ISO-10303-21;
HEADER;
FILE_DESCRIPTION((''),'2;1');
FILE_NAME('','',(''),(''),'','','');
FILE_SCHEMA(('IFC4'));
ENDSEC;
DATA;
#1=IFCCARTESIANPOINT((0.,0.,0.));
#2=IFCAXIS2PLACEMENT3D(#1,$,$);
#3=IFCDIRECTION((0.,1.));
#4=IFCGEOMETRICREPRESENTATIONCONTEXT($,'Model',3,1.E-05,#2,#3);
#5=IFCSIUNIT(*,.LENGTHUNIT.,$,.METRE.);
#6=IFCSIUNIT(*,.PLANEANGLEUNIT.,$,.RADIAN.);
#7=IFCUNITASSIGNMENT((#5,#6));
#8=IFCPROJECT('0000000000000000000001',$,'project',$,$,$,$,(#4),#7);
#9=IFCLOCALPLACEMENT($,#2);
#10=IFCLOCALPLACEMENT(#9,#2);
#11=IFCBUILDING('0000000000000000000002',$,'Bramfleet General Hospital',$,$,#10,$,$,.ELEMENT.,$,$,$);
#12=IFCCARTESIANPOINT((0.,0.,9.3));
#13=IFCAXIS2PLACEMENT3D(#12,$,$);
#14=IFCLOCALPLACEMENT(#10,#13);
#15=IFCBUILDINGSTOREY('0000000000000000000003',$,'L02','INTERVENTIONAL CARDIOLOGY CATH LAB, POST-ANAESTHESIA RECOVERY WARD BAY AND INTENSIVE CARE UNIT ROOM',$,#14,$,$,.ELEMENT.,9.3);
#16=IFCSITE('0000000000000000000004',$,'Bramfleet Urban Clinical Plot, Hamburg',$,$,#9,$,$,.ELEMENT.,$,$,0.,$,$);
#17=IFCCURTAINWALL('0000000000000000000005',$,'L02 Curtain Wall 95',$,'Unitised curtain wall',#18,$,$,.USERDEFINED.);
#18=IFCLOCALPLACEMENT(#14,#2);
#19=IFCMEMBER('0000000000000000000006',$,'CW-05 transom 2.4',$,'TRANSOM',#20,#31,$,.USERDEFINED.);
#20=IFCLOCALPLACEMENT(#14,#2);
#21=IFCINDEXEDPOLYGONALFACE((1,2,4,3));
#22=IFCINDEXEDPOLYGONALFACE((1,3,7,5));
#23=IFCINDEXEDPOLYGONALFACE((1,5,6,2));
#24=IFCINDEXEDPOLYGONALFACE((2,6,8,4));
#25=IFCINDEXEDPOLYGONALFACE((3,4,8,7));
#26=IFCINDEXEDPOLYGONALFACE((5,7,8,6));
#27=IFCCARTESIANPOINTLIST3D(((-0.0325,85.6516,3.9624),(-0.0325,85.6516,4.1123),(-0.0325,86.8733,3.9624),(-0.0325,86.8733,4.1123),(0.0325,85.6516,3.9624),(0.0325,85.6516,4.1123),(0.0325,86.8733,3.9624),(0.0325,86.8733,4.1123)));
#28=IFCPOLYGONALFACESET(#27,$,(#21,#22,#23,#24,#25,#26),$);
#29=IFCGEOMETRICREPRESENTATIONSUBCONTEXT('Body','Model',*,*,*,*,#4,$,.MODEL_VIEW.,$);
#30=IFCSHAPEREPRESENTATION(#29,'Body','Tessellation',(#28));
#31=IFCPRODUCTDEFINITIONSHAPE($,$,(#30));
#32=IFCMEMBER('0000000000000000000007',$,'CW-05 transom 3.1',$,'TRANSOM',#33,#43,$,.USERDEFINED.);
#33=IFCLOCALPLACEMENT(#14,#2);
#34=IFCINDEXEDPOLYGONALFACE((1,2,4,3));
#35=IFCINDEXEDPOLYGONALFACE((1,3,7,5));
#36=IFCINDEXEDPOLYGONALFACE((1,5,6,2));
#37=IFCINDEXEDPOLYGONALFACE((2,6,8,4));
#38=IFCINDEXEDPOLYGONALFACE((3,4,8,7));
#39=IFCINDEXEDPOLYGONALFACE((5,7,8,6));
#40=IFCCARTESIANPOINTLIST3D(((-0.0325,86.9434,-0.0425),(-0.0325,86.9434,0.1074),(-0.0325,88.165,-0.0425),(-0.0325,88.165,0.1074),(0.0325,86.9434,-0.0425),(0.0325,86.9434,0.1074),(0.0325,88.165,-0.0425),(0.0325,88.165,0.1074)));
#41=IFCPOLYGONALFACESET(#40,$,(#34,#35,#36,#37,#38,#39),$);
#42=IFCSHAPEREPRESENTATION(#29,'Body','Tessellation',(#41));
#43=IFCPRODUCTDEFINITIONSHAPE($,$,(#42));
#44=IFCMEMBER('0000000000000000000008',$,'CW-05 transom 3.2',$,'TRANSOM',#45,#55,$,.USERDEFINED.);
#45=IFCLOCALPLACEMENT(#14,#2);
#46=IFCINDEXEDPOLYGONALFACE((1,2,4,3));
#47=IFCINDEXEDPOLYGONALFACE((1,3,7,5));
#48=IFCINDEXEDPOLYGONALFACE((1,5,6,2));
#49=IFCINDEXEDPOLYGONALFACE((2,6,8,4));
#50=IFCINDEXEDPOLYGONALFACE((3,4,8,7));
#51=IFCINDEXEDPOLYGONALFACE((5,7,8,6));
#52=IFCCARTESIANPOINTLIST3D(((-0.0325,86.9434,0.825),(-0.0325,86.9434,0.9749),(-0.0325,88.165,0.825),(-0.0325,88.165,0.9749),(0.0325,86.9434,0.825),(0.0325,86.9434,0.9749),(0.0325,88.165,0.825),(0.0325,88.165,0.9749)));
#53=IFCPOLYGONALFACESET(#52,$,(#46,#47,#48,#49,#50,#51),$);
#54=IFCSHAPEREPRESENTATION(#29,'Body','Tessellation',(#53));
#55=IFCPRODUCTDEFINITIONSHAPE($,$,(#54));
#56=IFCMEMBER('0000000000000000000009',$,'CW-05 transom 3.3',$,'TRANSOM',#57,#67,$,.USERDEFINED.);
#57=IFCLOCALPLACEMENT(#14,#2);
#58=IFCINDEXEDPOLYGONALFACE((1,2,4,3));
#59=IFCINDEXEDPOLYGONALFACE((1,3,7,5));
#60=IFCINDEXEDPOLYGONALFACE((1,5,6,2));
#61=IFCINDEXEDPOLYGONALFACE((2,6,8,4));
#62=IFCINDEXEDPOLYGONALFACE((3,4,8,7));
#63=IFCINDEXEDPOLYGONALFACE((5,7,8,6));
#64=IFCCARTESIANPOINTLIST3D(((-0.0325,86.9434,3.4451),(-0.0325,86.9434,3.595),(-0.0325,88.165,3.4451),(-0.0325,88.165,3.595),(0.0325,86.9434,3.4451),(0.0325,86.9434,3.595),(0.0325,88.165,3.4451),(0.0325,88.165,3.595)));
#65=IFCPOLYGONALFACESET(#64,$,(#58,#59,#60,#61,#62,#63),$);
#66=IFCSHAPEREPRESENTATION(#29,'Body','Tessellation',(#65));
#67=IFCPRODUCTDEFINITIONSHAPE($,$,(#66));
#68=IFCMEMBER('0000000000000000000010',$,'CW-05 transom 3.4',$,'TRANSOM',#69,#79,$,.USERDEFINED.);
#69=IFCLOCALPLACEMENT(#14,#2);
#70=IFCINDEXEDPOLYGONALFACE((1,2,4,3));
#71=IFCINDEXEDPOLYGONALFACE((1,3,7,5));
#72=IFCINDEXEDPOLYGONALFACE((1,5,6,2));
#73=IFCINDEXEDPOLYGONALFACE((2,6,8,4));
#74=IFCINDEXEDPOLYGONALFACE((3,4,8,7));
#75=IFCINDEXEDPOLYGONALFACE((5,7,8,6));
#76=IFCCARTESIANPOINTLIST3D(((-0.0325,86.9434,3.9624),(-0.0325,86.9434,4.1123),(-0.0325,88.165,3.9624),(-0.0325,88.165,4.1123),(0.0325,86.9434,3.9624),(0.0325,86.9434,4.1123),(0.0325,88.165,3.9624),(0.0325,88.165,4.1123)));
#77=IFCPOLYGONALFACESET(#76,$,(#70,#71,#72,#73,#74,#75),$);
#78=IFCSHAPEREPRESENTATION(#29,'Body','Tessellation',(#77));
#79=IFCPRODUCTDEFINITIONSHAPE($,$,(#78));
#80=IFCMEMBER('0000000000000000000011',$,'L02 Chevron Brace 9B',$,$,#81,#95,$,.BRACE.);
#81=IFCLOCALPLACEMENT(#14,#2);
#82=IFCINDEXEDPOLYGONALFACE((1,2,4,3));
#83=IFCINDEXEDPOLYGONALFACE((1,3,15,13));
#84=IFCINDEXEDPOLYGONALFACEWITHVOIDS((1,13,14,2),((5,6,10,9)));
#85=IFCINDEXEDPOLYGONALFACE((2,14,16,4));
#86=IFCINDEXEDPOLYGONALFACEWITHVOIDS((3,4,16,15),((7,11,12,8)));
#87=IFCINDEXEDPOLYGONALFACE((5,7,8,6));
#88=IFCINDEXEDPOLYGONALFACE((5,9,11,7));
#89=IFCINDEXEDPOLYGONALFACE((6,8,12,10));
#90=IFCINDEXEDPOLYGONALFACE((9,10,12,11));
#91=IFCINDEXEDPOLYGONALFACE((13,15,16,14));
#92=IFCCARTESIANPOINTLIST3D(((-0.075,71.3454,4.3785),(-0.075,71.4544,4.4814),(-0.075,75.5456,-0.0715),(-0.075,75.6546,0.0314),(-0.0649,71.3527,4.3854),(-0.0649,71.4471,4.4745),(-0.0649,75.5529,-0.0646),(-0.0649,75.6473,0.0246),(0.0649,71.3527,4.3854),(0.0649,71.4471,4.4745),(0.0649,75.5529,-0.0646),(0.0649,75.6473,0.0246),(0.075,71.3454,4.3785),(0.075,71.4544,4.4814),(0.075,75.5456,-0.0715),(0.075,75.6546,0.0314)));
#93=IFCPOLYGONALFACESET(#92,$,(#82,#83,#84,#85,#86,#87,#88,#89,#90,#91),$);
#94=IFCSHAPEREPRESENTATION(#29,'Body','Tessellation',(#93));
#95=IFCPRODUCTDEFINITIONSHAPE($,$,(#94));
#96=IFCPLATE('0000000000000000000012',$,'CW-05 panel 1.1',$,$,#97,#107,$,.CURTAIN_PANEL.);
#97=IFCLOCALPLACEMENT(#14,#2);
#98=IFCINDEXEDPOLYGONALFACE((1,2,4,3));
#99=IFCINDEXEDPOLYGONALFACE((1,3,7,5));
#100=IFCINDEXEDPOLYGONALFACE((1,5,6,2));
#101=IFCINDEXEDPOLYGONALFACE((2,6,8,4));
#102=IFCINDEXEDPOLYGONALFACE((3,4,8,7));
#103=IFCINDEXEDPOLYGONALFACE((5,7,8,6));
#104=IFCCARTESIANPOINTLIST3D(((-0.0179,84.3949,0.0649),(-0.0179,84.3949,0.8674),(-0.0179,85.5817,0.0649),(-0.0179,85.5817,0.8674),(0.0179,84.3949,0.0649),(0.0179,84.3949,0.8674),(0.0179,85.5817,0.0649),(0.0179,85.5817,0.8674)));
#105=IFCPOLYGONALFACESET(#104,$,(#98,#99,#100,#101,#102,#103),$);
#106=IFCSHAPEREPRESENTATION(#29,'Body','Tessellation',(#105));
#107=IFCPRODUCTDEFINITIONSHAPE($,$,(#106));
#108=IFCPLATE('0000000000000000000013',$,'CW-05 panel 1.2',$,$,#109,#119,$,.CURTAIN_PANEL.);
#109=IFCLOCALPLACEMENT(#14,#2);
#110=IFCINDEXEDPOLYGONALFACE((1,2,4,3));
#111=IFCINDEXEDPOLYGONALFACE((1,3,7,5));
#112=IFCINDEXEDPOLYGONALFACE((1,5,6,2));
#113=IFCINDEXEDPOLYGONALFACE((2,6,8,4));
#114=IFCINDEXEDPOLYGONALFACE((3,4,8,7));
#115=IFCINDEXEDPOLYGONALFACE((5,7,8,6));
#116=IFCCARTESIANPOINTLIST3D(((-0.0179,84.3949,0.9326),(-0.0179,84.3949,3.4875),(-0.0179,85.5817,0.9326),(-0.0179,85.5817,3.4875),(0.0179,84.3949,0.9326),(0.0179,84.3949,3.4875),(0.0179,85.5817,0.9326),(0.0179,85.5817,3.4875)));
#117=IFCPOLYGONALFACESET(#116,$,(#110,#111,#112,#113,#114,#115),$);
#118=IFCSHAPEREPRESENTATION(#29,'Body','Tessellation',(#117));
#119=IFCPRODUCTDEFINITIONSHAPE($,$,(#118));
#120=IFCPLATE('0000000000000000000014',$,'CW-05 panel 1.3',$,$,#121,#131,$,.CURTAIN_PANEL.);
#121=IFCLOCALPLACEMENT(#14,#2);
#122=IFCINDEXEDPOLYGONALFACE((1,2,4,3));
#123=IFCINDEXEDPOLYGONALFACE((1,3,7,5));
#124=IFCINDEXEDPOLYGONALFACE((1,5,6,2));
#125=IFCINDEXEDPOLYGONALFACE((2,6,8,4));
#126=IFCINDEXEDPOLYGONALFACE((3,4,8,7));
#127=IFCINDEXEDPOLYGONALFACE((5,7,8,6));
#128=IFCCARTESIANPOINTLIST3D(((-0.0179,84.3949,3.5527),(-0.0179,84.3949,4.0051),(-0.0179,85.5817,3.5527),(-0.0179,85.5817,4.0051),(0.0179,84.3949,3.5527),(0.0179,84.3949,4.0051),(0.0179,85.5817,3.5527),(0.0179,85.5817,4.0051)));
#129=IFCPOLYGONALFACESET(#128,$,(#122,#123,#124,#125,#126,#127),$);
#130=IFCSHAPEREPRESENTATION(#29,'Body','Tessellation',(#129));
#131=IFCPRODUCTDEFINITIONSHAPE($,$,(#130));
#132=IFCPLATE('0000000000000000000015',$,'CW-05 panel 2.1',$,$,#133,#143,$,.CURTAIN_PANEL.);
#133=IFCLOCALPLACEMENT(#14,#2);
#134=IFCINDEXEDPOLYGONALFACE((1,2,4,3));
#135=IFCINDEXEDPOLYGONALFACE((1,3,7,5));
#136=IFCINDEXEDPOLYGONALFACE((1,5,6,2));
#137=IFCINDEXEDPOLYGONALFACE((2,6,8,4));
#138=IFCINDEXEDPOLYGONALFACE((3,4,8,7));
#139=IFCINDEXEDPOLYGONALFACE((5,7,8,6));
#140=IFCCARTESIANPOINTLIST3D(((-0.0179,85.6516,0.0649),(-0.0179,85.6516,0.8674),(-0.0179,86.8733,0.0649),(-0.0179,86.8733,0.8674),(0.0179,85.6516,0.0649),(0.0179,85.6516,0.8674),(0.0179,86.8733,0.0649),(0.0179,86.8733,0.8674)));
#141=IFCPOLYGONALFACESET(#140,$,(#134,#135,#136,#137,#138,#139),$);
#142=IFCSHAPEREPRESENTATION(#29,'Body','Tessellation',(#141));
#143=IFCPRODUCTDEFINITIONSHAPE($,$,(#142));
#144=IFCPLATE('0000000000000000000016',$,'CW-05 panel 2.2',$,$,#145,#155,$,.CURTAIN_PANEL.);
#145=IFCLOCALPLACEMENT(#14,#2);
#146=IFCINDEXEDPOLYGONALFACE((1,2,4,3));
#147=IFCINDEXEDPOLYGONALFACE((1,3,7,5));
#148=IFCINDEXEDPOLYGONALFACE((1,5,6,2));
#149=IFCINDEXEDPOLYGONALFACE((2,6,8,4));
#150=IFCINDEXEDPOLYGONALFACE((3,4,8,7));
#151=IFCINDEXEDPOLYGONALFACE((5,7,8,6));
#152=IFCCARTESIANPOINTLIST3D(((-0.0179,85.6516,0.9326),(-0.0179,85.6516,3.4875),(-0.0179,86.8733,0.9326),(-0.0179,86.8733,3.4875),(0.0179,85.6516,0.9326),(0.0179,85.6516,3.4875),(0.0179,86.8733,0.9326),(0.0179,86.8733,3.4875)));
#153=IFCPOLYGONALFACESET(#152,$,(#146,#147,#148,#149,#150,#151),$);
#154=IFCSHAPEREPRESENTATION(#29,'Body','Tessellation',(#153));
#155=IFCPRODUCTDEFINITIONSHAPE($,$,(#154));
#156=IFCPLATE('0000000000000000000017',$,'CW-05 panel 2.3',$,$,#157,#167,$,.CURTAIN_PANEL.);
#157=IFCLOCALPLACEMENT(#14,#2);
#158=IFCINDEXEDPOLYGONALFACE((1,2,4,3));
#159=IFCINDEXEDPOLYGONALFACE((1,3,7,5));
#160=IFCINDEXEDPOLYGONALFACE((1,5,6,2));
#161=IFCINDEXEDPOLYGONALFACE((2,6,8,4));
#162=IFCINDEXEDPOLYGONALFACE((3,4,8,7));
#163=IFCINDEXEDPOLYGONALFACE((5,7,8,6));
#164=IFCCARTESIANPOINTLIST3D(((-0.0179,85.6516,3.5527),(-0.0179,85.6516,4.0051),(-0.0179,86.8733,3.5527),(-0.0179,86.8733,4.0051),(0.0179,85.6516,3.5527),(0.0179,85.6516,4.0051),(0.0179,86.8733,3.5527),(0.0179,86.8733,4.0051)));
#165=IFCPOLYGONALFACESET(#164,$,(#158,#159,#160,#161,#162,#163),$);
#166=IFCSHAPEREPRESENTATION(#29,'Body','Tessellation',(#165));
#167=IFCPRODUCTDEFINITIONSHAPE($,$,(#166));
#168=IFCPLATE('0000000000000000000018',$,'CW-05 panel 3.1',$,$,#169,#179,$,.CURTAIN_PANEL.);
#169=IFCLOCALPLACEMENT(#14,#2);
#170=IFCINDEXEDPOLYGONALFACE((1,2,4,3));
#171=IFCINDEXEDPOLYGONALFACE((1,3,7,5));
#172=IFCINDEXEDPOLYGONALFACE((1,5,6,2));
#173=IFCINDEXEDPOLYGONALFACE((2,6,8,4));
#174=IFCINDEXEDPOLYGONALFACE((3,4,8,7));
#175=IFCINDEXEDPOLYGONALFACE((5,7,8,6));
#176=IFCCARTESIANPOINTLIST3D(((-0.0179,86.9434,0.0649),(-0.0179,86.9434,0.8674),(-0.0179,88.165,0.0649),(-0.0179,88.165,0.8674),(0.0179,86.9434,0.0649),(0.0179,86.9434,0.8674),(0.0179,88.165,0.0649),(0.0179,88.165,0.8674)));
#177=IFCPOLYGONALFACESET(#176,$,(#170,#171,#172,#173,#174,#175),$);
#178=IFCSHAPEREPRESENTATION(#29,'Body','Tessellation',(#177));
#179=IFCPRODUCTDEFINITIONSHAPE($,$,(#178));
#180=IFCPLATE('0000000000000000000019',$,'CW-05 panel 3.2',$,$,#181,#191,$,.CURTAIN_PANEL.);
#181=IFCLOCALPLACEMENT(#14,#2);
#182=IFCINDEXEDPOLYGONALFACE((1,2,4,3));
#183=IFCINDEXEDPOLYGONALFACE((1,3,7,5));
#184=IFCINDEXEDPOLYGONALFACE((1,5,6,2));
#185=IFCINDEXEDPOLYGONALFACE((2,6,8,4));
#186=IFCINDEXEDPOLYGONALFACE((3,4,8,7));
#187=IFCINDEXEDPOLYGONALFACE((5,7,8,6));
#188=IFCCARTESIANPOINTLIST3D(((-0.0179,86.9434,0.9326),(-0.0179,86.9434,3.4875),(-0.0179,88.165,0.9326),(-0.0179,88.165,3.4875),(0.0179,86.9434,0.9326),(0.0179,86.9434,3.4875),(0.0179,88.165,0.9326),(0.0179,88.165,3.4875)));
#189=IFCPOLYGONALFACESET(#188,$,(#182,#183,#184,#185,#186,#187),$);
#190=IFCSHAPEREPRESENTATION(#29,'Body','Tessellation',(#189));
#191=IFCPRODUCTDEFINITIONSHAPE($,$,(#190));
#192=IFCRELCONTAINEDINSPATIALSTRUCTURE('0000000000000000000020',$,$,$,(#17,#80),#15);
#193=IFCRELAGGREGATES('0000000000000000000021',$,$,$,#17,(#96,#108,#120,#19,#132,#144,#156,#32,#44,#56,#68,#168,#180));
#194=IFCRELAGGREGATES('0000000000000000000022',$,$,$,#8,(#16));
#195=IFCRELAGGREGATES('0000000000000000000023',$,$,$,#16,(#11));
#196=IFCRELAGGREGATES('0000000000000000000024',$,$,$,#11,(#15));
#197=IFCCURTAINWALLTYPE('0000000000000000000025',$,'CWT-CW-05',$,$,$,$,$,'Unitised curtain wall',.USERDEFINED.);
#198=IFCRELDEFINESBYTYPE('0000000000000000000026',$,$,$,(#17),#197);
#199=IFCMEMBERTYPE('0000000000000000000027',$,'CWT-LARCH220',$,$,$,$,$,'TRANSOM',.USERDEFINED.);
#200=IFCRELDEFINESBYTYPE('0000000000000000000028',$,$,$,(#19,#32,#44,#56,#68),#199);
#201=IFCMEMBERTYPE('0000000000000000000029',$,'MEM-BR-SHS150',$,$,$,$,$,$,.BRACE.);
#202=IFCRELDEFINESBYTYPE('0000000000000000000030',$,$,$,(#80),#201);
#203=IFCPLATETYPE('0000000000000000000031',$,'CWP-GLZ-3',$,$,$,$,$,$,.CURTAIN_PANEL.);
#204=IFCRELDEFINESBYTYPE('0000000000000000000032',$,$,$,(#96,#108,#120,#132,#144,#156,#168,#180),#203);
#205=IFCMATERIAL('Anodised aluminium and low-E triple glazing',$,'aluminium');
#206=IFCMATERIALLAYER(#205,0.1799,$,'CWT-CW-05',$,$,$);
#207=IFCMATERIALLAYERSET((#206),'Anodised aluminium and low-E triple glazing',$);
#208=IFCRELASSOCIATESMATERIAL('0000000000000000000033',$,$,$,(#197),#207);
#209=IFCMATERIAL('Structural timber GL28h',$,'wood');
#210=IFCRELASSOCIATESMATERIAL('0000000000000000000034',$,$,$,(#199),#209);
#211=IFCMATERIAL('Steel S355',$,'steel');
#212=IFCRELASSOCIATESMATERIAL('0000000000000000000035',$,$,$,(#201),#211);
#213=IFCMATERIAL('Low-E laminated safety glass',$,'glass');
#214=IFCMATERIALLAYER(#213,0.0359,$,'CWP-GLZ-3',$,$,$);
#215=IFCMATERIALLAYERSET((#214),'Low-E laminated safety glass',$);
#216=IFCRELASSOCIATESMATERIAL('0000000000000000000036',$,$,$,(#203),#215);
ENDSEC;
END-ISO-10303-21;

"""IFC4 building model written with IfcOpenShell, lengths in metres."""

from ifc_helpers import new_model, si_unit, direction, frame, origin, origin_2d, place, context, subcontext, project, spatial, rectangle, hollow_rectangle, extrude, material, layer, layer_set, material_profile, profile_set, type_object, element, aggregate, save


model = new_model("IFC4")

# Units and contexts
model_context = context("Model", 3, precision=1e-05, world=origin(), true_north=direction((0.0, 1.0)))
body_context = subcontext(model_context, "Body", "Model", "MODEL_VIEW")
ifc_project = project(units=[si_unit("LENGTHUNIT", "METRE"), si_unit("PLANEANGLEUNIT", "RADIAN")], contexts=[model_context])

# Site, building, storey
site_placement = place(None, origin())
site = spatial("IfcSite", under=ifc_project, at=site_placement, Name="Bramfleet Urban Clinical Plot, Hamburg", CompositionType="ELEMENT", RefElevation=0.0)
building_placement = place(site_placement, origin())
building = spatial("IfcBuilding", under=site, at=building_placement, Name="Bramfleet General Hospital", CompositionType="ELEMENT")
storey_placement = place(building_placement, frame((0.0, 0.0, 9.3)))
storey = spatial("IfcBuildingStorey", under=building, at=storey_placement, Name="L02", Description="INTERVENTIONAL CARDIOLOGY CATH LAB, POST-ANAESTHESIA RECOVERY WARD BAY AND INTENSIVE CARE UNIT ROOM", CompositionType="ELEMENT", Elevation=9.3)

# Curtain wall, members
ifc_material_1 = material(Name="Anodised aluminium and low-E triple glazing", Category="aluminium")
ifc_layer_1 = layer(ifc_material_1, 0.1799, Name="CWT-CW-05")
ifc_layer_set_1 = layer_set([ifc_layer_1], Name="Anodised aluminium and low-E triple glazing")
curtain_wall_type = type_object("IfcCurtainWallType", Name="CWT-CW-05", ElementType="Unitised curtain wall", PredefinedType="USERDEFINED", material=ifc_layer_set_1)
curtain_wall_placement = place(storey_placement, origin())
curtain_wall = element("IfcCurtainWall", 1, at=curtain_wall_placement, inside=storey, type_object=curtain_wall_type, Name="L02 Curtain Wall 95", ObjectType="Unitised curtain wall", PredefinedType="USERDEFINED")
ifc_material_2 = material(Name="Structural timber GL28h", Category="wood")
ifc_material_profile_1 = material_profile(ifc_material_2, rectangle(XDim=0.0649, YDim=0.1499, at=origin_2d()), Name="LARCH 150x65")
ifc_profile_set_1 = profile_set([ifc_material_profile_1], Name="Structural timber GL28h")
member_type_1 = type_object("IfcMemberType", Name="CWT-LARCH220", ElementType="TRANSOM", PredefinedType="USERDEFINED", material=ifc_profile_set_1)
member_1_placement = place(storey_placement, frame((0.0, 85.6516, 4.0374), z_axis=(0.0, 1.0, 0.0), x_axis=(-1.0, 0.0, 0.0)))
member_1 = element("IfcMember", 2, at=member_1_placement, type_object=member_type_1, Name="CW-05 transom 2.4", ObjectType="TRANSOM", PredefinedType="USERDEFINED", context=body_context, shape_type="SweptSolid", body=[
    extrude(rectangle(XDim=0.0649, YDim=0.1499, at=origin_2d()), origin(), (0.0, 0.0, 1.0), 1.2217),
])
member_2_placement = place(storey_placement, frame((0.0, 86.9434, 0.0325), z_axis=(0.0, 1.0, 0.0), x_axis=(-1.0, 0.0, 0.0)))
member_2 = element("IfcMember", 3, at=member_2_placement, type_object=member_type_1, Name="CW-05 transom 3.1", ObjectType="TRANSOM", PredefinedType="USERDEFINED", context=body_context, shape_type="SweptSolid", body=[
    extrude(rectangle(XDim=0.0649, YDim=0.1499, at=origin_2d()), origin(), (0.0, 0.0, 1.0), 1.2217),
])
member_3_placement = place(storey_placement, frame((0.0, 86.9434, 0.8999), z_axis=(0.0, 1.0, 0.0), x_axis=(-1.0, 0.0, 0.0)))
member_3 = element("IfcMember", 4, at=member_3_placement, type_object=member_type_1, Name="CW-05 transom 3.2", ObjectType="TRANSOM", PredefinedType="USERDEFINED", context=body_context, shape_type="SweptSolid", body=[
    extrude(rectangle(XDim=0.0649, YDim=0.1499, at=origin_2d()), origin(), (0.0, 0.0, 1.0), 1.2217),
])
member_4_placement = place(storey_placement, frame((0.0, 86.9434, 3.52), z_axis=(0.0, 1.0, 0.0), x_axis=(-1.0, 0.0, 0.0)))
member_4 = element("IfcMember", 5, at=member_4_placement, type_object=member_type_1, Name="CW-05 transom 3.3", ObjectType="TRANSOM", PredefinedType="USERDEFINED", context=body_context, shape_type="SweptSolid", body=[
    extrude(rectangle(XDim=0.0649, YDim=0.1499, at=origin_2d()), origin(), (0.0, 0.0, 1.0), 1.2217),
])
member_5_placement = place(storey_placement, frame((0.0, 86.9434, 4.0374), z_axis=(0.0, 1.0, 0.0), x_axis=(-1.0, 0.0, 0.0)))
member_5 = element("IfcMember", 6, at=member_5_placement, type_object=member_type_1, Name="CW-05 transom 3.4", ObjectType="TRANSOM", PredefinedType="USERDEFINED", context=body_context, shape_type="SweptSolid", body=[
    extrude(rectangle(XDim=0.0649, YDim=0.1499, at=origin_2d()), origin(), (0.0, 0.0, 1.0), 1.2217),
])

# Member
ifc_material_3 = material(Name="Steel S355", Category="steel")
ifc_material_profile_2 = material_profile(ifc_material_3, hollow_rectangle(XDim=0.1499, YDim=0.1499, WallThickness=0.01, at=origin_2d()), Name="SHS 150x150x10.0")
ifc_profile_set_2 = profile_set([ifc_material_profile_2], Name="Steel S355")
member_type_2 = type_object("IfcMemberType", Name="MEM-BR-SHS150", PredefinedType="BRACE", material=ifc_profile_set_2)
member_6_placement = place(storey_placement, frame((0.0, 75.6001, -0.02), z_axis=(0.0, -0.686404, 0.72722), x_axis=(1.0, 0.0, 0.0)))
element("IfcMember", 7, at=member_6_placement, inside=storey, type_object=member_type_2, Name="L02 Chevron Brace 9B", PredefinedType="BRACE", context=body_context, shape_type="SweptSolid", body=[
    extrude(hollow_rectangle(XDim=0.1499, YDim=0.1499, WallThickness=0.01, at=origin_2d()), origin(), (0.0, 0.0, 1.0), 6.1191),
])

# Plates
ifc_material_4 = material(Name="Low-E laminated safety glass", Category="glass")
ifc_layer_2 = layer(ifc_material_4, 0.0359, Name="CWP-GLZ-3")
ifc_layer_set_2 = layer_set([ifc_layer_2], Name="Low-E laminated safety glass")
plate_type_1 = type_object("IfcPlateType", Name="CWP-GLZ-3", PredefinedType="CURTAIN_PANEL", material=ifc_layer_set_2)
plate_1_placement = place(storey_placement, frame((0.0, 84.9883, 0.0649), z_axis=(0.0, 0.0, 1.0), x_axis=(0.0, 1.0, 0.0)))
plate_1 = element("IfcPlate", 8, at=plate_1_placement, type_object=plate_type_1, Name="CW-05 panel 1.1", PredefinedType="CURTAIN_PANEL", context=body_context, shape_type="SweptSolid", body=[
    extrude(rectangle(XDim=1.1868, YDim=0.0359, at=origin_2d()), origin(), (0.0, 0.0, 1.0), 0.8025),
])
plate_2_placement = place(storey_placement, frame((0.0, 84.9883, 0.9326), z_axis=(0.0, 0.0, 1.0), x_axis=(0.0, 1.0, 0.0)))
plate_2 = element("IfcPlate", 9, at=plate_2_placement, type_object=plate_type_1, Name="CW-05 panel 1.2", PredefinedType="CURTAIN_PANEL", context=body_context, shape_type="SweptSolid", body=[
    extrude(rectangle(XDim=1.1868, YDim=0.0359, at=origin_2d()), origin(), (0.0, 0.0, 1.0), 2.5549),
])
plate_3_placement = place(storey_placement, frame((0.0, 84.9883, 3.5527), z_axis=(0.0, 0.0, 1.0), x_axis=(0.0, 1.0, 0.0)))
plate_3 = element("IfcPlate", 10, at=plate_3_placement, type_object=plate_type_1, Name="CW-05 panel 1.3", PredefinedType="CURTAIN_PANEL", context=body_context, shape_type="SweptSolid", body=[
    extrude(rectangle(XDim=1.1868, YDim=0.0359, at=origin_2d()), origin(), (0.0, 0.0, 1.0), 0.4524),
])
plate_4_placement = place(storey_placement, frame((0.0, 86.2625, 0.0649), z_axis=(0.0, 0.0, 1.0), x_axis=(0.0, 1.0, 0.0)))
plate_4 = element("IfcPlate", 11, at=plate_4_placement, type_object=plate_type_1, Name="CW-05 panel 2.1", PredefinedType="CURTAIN_PANEL", context=body_context, shape_type="SweptSolid", body=[
    extrude(rectangle(XDim=1.2217, YDim=0.0359, at=origin_2d()), origin(), (0.0, 0.0, 1.0), 0.8025),
])
plate_5_placement = place(storey_placement, frame((0.0, 86.2625, 0.9326), z_axis=(0.0, 0.0, 1.0), x_axis=(0.0, 1.0, 0.0)))
plate_5 = element("IfcPlate", 12, at=plate_5_placement, type_object=plate_type_1, Name="CW-05 panel 2.2", PredefinedType="CURTAIN_PANEL", context=body_context, shape_type="SweptSolid", body=[
    extrude(rectangle(XDim=1.2217, YDim=0.0359, at=origin_2d()), origin(), (0.0, 0.0, 1.0), 2.5549),
])
plate_6_placement = place(storey_placement, frame((0.0, 86.2625, 3.5527), z_axis=(0.0, 0.0, 1.0), x_axis=(0.0, 1.0, 0.0)))
plate_6 = element("IfcPlate", 13, at=plate_6_placement, type_object=plate_type_1, Name="CW-05 panel 2.3", PredefinedType="CURTAIN_PANEL", context=body_context, shape_type="SweptSolid", body=[
    extrude(rectangle(XDim=1.2217, YDim=0.0359, at=origin_2d()), origin(), (0.0, 0.0, 1.0), 0.4524),
])
plate_7_placement = place(storey_placement, frame((0.0, 87.5542, 0.0649), z_axis=(0.0, 0.0, 1.0), x_axis=(0.0, 1.0, 0.0)))
plate_7 = element("IfcPlate", 14, at=plate_7_placement, type_object=plate_type_1, Name="CW-05 panel 3.1", PredefinedType="CURTAIN_PANEL", context=body_context, shape_type="SweptSolid", body=[
    extrude(rectangle(XDim=1.2217, YDim=0.0359, at=origin_2d()), origin(), (0.0, 0.0, 1.0), 0.8025),
])
plate_8_placement = place(storey_placement, frame((0.0, 87.5542, 0.9326), z_axis=(0.0, 0.0, 1.0), x_axis=(0.0, 1.0, 0.0)))
plate_8 = element("IfcPlate", 15, at=plate_8_placement, type_object=plate_type_1, Name="CW-05 panel 3.2", PredefinedType="CURTAIN_PANEL", context=body_context, shape_type="SweptSolid", body=[
    extrude(rectangle(XDim=1.2217, YDim=0.0359, at=origin_2d()), origin(), (0.0, 0.0, 1.0), 2.5549),
])
aggregate(curtain_wall, [plate_1, plate_2, plate_3, member_1, plate_4, plate_5, plate_6, member_2, member_3, member_4, member_5, plate_7, plate_8])

save(model, "model.ifc")
